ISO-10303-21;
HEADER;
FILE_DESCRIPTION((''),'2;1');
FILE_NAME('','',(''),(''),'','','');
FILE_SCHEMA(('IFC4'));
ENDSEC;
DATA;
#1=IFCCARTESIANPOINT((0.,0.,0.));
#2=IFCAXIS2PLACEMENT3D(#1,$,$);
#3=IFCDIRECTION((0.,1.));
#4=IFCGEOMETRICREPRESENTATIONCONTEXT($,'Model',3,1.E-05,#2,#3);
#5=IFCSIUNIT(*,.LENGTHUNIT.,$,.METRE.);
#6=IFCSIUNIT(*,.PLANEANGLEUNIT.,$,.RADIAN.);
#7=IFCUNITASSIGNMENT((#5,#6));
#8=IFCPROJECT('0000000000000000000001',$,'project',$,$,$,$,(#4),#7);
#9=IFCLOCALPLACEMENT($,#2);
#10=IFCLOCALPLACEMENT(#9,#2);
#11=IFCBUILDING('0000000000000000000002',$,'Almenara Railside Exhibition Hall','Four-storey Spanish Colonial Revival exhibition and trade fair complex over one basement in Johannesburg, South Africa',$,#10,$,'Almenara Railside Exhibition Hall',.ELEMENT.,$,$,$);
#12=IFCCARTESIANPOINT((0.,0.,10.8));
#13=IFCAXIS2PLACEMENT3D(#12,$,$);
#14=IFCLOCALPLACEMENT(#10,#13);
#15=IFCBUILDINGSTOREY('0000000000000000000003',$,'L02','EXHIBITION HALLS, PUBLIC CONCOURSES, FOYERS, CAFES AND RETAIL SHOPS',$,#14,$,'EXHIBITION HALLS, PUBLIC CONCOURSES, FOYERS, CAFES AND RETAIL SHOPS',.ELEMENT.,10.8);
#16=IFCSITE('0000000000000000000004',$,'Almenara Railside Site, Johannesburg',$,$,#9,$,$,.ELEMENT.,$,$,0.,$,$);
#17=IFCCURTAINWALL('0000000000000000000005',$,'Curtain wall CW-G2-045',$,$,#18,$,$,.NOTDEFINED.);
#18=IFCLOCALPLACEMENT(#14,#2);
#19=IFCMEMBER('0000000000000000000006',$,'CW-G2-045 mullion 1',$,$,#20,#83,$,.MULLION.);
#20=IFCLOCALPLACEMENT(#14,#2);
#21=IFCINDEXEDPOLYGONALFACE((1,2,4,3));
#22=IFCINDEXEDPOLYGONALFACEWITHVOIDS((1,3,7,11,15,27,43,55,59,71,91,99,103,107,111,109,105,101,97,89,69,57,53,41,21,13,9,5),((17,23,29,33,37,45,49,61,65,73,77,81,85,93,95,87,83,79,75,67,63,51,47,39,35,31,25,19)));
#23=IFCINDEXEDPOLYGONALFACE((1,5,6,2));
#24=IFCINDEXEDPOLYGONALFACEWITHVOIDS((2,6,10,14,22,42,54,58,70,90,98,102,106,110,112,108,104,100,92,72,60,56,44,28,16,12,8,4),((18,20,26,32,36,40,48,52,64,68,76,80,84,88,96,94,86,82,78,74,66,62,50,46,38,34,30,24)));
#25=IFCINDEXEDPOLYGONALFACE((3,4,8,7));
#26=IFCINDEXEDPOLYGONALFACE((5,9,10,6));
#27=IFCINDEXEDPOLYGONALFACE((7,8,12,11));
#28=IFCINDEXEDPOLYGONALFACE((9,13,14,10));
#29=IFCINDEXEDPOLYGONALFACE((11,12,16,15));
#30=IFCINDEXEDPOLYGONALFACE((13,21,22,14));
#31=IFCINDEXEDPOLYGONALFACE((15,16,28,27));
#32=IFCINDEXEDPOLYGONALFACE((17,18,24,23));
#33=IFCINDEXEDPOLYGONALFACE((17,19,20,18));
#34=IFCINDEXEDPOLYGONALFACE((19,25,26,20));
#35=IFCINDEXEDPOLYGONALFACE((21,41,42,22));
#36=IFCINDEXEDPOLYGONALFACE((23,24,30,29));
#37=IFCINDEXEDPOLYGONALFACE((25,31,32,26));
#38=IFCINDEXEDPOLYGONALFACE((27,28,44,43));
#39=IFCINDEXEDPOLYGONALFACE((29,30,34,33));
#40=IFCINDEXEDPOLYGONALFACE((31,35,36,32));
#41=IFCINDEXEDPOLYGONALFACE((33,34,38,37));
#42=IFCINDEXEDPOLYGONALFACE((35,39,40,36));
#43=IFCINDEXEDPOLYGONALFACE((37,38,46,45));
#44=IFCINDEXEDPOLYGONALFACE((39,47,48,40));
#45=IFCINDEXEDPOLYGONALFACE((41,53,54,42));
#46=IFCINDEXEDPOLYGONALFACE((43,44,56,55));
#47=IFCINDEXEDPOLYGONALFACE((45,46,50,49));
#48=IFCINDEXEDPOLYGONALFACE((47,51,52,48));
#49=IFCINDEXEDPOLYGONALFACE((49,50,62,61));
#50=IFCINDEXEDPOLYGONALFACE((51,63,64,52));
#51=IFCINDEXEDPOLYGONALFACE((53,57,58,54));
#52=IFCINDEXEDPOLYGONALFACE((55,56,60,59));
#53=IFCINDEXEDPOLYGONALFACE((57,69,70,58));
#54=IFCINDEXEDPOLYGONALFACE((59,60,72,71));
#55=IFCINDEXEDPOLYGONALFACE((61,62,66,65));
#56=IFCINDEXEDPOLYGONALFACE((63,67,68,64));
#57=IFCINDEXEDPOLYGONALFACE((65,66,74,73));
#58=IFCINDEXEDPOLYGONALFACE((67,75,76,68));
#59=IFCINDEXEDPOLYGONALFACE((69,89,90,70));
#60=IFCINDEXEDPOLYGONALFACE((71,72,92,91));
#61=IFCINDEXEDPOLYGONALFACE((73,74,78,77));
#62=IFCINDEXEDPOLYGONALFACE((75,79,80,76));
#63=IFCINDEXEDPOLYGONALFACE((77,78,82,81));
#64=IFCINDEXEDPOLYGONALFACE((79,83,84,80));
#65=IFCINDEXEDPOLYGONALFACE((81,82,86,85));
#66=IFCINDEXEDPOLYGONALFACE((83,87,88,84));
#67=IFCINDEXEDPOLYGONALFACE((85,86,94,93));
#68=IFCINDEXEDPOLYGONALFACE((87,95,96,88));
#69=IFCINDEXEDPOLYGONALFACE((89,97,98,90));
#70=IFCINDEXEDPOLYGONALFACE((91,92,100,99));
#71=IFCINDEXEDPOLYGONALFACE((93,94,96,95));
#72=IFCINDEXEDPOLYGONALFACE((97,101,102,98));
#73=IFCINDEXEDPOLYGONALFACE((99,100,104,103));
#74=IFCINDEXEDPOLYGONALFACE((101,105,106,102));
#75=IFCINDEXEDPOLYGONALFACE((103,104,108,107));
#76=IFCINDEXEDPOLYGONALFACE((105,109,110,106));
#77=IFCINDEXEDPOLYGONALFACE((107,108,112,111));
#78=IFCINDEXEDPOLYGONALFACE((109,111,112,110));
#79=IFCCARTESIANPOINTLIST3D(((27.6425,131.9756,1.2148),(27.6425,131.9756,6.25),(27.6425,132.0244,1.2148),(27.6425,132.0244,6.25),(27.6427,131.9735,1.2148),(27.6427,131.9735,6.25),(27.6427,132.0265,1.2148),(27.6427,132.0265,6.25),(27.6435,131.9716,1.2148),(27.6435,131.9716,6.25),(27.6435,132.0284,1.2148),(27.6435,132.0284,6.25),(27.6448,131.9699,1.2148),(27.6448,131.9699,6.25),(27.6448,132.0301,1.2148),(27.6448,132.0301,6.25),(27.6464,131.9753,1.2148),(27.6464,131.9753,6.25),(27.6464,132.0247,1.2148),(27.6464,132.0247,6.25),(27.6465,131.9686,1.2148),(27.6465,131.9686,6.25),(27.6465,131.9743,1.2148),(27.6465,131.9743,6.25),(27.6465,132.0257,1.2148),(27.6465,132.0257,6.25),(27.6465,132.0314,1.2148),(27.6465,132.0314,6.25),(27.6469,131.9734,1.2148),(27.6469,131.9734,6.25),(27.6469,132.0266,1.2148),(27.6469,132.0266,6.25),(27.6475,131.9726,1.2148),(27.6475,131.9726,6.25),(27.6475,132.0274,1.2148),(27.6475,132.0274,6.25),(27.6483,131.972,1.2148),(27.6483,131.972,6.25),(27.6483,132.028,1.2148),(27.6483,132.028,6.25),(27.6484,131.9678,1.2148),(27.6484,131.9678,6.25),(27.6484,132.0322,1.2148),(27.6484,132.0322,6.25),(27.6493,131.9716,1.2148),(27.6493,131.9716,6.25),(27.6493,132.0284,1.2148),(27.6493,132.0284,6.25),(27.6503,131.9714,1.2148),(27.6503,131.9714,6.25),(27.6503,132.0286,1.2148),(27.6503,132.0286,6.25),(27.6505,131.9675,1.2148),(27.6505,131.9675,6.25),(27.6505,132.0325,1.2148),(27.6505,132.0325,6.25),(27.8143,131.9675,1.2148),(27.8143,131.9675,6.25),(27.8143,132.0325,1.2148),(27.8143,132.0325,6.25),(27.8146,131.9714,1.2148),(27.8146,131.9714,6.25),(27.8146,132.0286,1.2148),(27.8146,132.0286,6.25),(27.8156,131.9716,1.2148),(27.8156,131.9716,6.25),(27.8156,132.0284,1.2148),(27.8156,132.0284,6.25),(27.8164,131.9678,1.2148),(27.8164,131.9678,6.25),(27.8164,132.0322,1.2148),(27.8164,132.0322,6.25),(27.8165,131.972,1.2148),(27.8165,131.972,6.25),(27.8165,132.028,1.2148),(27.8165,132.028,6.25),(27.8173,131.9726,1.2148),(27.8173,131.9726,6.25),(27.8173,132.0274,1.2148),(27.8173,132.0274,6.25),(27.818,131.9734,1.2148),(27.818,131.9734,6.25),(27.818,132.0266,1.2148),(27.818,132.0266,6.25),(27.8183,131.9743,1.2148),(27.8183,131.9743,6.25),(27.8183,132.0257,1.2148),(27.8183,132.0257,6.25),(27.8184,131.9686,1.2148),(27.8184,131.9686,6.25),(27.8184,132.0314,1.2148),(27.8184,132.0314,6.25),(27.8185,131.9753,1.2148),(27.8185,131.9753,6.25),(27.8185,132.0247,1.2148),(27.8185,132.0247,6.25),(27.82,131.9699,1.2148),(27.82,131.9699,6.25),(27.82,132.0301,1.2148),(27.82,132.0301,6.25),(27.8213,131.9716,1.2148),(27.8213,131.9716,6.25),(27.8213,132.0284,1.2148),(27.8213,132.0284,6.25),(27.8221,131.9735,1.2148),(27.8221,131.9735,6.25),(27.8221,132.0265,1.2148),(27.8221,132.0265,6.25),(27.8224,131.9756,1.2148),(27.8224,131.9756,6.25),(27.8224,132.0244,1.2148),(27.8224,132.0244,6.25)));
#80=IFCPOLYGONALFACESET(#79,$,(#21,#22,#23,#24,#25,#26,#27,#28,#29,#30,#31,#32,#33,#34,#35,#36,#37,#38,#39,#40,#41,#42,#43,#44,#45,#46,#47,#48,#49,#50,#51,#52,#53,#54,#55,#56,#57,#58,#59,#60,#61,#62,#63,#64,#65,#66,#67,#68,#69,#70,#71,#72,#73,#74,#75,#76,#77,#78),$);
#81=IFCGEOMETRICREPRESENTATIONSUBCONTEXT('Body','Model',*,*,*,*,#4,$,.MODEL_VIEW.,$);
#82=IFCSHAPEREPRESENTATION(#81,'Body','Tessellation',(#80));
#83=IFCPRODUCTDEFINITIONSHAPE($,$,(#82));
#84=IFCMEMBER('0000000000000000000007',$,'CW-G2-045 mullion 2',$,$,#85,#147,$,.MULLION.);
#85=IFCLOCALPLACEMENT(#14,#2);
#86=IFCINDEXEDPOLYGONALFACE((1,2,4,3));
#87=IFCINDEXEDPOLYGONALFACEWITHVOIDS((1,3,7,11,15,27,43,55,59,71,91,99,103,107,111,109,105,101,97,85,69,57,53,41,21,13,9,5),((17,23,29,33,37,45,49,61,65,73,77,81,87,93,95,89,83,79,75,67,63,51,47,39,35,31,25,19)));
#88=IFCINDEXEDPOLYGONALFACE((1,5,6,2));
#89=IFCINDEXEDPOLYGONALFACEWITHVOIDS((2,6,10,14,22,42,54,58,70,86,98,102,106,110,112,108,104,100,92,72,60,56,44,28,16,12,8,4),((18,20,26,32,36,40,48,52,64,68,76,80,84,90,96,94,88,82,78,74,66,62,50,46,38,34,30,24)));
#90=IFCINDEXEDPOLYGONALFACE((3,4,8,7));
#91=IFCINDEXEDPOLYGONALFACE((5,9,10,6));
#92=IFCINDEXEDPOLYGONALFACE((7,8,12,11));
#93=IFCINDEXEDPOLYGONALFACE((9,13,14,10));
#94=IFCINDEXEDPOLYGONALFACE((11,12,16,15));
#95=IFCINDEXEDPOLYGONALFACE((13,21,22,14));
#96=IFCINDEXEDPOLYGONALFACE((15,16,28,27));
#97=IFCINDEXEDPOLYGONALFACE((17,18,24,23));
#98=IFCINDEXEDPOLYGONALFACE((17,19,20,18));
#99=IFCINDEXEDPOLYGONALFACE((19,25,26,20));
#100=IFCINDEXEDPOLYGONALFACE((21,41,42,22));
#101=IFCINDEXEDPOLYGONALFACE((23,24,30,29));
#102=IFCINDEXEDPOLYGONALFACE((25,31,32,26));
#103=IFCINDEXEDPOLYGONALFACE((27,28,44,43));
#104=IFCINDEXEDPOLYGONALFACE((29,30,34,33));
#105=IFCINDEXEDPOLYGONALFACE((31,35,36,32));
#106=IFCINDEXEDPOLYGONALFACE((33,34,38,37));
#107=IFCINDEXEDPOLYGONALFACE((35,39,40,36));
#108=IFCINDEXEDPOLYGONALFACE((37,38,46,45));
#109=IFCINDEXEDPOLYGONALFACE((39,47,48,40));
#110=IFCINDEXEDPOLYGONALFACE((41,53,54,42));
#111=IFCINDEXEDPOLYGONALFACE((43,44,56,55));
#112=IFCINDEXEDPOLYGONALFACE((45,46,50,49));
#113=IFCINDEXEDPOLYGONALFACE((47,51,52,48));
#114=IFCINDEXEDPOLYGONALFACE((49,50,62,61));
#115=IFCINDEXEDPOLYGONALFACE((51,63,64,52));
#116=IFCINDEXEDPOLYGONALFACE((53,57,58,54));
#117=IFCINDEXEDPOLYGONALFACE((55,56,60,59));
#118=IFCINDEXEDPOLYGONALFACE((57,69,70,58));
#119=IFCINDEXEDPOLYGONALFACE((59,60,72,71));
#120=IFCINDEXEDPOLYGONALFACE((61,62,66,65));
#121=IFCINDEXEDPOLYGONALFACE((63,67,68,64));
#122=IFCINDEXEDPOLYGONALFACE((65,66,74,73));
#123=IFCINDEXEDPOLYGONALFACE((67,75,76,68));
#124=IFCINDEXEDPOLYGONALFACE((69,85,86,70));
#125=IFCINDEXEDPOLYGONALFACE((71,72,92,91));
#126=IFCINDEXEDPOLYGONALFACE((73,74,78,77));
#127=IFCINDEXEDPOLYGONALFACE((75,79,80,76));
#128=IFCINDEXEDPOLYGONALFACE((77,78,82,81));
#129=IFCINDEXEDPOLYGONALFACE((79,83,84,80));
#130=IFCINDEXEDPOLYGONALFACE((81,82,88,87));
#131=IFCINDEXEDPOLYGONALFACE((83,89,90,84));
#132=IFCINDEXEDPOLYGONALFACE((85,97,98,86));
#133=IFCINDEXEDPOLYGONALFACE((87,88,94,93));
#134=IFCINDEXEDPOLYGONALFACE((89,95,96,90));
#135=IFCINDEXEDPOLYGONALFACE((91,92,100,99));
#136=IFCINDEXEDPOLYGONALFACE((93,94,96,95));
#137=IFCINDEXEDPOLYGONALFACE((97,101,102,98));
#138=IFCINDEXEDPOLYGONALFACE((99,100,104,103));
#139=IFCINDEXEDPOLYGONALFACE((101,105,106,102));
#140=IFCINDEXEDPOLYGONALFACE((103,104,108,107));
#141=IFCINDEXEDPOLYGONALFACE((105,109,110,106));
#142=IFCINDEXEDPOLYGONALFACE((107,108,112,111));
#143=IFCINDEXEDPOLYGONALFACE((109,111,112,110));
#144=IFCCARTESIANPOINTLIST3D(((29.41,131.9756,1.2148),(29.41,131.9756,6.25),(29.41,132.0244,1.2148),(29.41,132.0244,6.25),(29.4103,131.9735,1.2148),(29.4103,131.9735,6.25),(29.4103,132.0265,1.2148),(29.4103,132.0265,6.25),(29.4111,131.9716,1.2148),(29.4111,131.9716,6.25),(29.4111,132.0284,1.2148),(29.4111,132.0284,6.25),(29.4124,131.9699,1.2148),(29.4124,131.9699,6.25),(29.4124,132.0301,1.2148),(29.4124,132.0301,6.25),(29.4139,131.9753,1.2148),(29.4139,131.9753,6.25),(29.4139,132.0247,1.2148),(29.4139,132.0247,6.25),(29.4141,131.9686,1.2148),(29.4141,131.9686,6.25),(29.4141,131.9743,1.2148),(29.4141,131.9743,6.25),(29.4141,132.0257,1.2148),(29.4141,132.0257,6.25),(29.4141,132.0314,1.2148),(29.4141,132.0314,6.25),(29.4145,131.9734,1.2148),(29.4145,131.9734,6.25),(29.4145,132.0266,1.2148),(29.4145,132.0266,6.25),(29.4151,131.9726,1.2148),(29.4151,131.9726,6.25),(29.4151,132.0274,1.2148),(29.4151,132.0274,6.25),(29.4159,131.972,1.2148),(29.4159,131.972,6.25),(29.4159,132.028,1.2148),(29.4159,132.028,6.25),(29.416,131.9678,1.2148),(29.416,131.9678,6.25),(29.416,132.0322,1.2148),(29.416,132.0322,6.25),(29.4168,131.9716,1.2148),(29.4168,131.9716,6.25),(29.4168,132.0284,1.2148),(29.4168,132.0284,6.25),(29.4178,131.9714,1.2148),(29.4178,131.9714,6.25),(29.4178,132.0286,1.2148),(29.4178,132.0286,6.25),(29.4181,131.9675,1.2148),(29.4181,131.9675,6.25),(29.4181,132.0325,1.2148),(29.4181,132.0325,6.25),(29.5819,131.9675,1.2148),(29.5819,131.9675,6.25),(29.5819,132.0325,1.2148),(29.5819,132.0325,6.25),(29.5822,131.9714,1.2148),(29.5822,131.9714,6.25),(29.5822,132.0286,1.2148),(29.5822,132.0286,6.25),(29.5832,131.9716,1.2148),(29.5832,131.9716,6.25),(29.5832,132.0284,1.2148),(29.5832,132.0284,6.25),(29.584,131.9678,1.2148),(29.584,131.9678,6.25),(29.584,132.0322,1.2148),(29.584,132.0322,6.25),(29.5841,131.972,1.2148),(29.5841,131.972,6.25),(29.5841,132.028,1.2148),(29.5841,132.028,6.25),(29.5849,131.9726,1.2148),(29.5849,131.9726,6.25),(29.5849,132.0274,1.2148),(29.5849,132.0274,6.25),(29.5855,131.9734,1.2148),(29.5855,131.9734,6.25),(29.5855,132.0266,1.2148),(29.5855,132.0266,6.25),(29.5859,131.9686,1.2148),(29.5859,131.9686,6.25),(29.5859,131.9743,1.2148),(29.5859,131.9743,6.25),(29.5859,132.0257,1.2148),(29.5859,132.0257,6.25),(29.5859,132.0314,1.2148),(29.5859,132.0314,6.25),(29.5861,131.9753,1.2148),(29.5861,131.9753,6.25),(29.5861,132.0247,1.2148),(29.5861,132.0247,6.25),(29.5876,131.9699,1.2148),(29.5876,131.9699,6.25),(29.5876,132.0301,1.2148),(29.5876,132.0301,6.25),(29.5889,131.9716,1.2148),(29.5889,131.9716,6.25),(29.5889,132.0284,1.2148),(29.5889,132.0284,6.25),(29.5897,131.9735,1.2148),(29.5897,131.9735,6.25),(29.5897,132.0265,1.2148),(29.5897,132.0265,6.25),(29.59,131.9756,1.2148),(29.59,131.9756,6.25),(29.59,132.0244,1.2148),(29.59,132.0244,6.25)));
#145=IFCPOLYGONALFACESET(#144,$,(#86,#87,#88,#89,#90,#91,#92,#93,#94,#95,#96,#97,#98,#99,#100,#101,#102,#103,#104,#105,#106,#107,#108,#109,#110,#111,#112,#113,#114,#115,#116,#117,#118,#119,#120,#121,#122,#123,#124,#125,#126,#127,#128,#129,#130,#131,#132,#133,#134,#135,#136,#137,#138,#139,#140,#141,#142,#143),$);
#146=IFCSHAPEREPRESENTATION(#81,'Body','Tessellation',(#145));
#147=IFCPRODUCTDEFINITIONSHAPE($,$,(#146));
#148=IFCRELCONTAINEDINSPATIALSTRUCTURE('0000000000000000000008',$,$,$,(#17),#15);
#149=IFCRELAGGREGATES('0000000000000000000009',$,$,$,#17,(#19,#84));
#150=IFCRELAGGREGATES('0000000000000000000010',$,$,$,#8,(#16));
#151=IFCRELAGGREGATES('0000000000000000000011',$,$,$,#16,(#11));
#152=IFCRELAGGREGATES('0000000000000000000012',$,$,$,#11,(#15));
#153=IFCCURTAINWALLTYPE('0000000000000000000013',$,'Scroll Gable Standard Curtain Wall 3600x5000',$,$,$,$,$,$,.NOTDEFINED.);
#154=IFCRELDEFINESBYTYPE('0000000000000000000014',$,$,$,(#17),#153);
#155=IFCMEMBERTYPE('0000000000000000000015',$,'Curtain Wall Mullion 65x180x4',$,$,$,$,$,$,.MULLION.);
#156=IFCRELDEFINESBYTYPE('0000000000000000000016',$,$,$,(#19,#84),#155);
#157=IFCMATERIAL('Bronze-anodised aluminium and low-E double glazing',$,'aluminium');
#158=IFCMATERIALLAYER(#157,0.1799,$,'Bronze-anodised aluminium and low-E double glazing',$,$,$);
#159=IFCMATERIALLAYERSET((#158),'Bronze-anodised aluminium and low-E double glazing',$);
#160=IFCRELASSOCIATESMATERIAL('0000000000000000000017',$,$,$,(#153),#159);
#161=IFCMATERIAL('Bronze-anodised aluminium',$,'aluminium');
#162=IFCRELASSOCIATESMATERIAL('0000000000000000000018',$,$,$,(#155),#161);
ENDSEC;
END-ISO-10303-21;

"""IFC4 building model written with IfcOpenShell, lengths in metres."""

from ifc_helpers import new_model, si_unit, direction, frame, origin, origin_2d, place, context, subcontext, project, spatial, hollow_rectangle, extrude, material, layer, layer_set, material_profile, profile_set, type_object, element, aggregate, save


model = new_model("IFC4")

# Units and contexts
model_context = context("Model", 3, precision=1e-05, world=origin(), true_north=direction((0.0, 1.0)))
body_context = subcontext(model_context, "Body", "Model", "MODEL_VIEW")
ifc_project = project(units=[si_unit("LENGTHUNIT", "METRE"), si_unit("PLANEANGLEUNIT", "RADIAN")], contexts=[model_context])

# Site, building, storey
site_placement = place(None, origin())
site = spatial("IfcSite", under=ifc_project, at=site_placement, Name="Almenara Railside Site, Johannesburg", CompositionType="ELEMENT", RefElevation=0.0)
building_placement = place(site_placement, origin())
building = spatial("IfcBuilding", under=site, at=building_placement, Name="Almenara Railside Exhibition Hall", Description="Four-storey Spanish Colonial Revival exhibition and trade fair complex over one basement in Johannesburg, South Africa", LongName="Almenara Railside Exhibition Hall", CompositionType="ELEMENT")
storey_placement = place(building_placement, frame((0.0, 0.0, 10.8)))
storey = spatial("IfcBuildingStorey", under=building, at=storey_placement, Name="L02", Description="EXHIBITION HALLS, PUBLIC CONCOURSES, FOYERS, CAFES AND RETAIL SHOPS", LongName="EXHIBITION HALLS, PUBLIC CONCOURSES, FOYERS, CAFES AND RETAIL SHOPS", CompositionType="ELEMENT", Elevation=10.8)

# Curtain wall, members
ifc_material_1 = material(Name="Bronze-anodised aluminium and low-E double glazing", Category="aluminium")
ifc_layer_1 = layer(ifc_material_1, 0.1799, Name="Bronze-anodised aluminium and low-E double glazing")
ifc_layer_set_1 = layer_set([ifc_layer_1], Name="Bronze-anodised aluminium and low-E double glazing")
curtain_wall_type = type_object("IfcCurtainWallType", Name="Scroll Gable Standard Curtain Wall 3600x5000", PredefinedType="NOTDEFINED", material=ifc_layer_set_1)
curtain_wall_1_placement = place(storey_placement, origin())
curtain_wall_1 = element("IfcCurtainWall", 1, at=curtain_wall_1_placement, inside=storey, type_object=curtain_wall_type, Name="Curtain wall CW-G2-045", PredefinedType="NOTDEFINED")
ifc_material_2 = material(Name="Bronze-anodised aluminium", Category="aluminium")
ifc_material_profile_1 = material_profile(ifc_material_2, hollow_rectangle(XDim=0.0649, YDim=0.1799, WallThickness=0.0039, InnerFilletRadius=0.0039, OuterFilletRadius=0.0081, at=origin_2d()), Name="ALU-MUL 65x180x4")
ifc_profile_set_1 = profile_set([ifc_material_profile_1], Name="Bronze-anodised aluminium")
member_type_1 = type_object("IfcMemberType", Name="Curtain Wall Mullion 65x180x4", PredefinedType="MULLION", material=ifc_profile_set_1)
member_1_placement = place(storey_placement, frame((27.7324, 132.0, 1.2148), z_axis=(0.0, 0.0, 1.0), x_axis=(0.0, 1.0, 0.0)))
member_1 = element("IfcMember", 2, at=member_1_placement, type_object=member_type_1, Name="CW-G2-045 mullion 1", PredefinedType="MULLION", context=body_context, shape_type="SweptSolid", body=[
    extrude(hollow_rectangle(XDim=0.0649, YDim=0.1799, WallThickness=0.0039, InnerFilletRadius=0.0039, OuterFilletRadius=0.0081, at=origin_2d()), origin(), (0.0, 0.0, 1.0), 5.0352),
])
member_2_placement = place(storey_placement, frame((29.5, 132.0, 1.2148), z_axis=(0.0, 0.0, 1.0), x_axis=(0.0, 1.0, 0.0)))
member_2 = element("IfcMember", 3, at=member_2_placement, type_object=member_type_1, Name="CW-G2-045 mullion 2", PredefinedType="MULLION", context=body_context, shape_type="SweptSolid", body=[
    extrude(hollow_rectangle(XDim=0.0649, YDim=0.1799, WallThickness=0.0039, InnerFilletRadius=0.0039, OuterFilletRadius=0.0081, at=origin_2d()), origin(), (0.0, 0.0, 1.0), 5.0352),
])

aggregate(curtain_wall_1, [member_1, member_2])

save(model, "model.ifc")
